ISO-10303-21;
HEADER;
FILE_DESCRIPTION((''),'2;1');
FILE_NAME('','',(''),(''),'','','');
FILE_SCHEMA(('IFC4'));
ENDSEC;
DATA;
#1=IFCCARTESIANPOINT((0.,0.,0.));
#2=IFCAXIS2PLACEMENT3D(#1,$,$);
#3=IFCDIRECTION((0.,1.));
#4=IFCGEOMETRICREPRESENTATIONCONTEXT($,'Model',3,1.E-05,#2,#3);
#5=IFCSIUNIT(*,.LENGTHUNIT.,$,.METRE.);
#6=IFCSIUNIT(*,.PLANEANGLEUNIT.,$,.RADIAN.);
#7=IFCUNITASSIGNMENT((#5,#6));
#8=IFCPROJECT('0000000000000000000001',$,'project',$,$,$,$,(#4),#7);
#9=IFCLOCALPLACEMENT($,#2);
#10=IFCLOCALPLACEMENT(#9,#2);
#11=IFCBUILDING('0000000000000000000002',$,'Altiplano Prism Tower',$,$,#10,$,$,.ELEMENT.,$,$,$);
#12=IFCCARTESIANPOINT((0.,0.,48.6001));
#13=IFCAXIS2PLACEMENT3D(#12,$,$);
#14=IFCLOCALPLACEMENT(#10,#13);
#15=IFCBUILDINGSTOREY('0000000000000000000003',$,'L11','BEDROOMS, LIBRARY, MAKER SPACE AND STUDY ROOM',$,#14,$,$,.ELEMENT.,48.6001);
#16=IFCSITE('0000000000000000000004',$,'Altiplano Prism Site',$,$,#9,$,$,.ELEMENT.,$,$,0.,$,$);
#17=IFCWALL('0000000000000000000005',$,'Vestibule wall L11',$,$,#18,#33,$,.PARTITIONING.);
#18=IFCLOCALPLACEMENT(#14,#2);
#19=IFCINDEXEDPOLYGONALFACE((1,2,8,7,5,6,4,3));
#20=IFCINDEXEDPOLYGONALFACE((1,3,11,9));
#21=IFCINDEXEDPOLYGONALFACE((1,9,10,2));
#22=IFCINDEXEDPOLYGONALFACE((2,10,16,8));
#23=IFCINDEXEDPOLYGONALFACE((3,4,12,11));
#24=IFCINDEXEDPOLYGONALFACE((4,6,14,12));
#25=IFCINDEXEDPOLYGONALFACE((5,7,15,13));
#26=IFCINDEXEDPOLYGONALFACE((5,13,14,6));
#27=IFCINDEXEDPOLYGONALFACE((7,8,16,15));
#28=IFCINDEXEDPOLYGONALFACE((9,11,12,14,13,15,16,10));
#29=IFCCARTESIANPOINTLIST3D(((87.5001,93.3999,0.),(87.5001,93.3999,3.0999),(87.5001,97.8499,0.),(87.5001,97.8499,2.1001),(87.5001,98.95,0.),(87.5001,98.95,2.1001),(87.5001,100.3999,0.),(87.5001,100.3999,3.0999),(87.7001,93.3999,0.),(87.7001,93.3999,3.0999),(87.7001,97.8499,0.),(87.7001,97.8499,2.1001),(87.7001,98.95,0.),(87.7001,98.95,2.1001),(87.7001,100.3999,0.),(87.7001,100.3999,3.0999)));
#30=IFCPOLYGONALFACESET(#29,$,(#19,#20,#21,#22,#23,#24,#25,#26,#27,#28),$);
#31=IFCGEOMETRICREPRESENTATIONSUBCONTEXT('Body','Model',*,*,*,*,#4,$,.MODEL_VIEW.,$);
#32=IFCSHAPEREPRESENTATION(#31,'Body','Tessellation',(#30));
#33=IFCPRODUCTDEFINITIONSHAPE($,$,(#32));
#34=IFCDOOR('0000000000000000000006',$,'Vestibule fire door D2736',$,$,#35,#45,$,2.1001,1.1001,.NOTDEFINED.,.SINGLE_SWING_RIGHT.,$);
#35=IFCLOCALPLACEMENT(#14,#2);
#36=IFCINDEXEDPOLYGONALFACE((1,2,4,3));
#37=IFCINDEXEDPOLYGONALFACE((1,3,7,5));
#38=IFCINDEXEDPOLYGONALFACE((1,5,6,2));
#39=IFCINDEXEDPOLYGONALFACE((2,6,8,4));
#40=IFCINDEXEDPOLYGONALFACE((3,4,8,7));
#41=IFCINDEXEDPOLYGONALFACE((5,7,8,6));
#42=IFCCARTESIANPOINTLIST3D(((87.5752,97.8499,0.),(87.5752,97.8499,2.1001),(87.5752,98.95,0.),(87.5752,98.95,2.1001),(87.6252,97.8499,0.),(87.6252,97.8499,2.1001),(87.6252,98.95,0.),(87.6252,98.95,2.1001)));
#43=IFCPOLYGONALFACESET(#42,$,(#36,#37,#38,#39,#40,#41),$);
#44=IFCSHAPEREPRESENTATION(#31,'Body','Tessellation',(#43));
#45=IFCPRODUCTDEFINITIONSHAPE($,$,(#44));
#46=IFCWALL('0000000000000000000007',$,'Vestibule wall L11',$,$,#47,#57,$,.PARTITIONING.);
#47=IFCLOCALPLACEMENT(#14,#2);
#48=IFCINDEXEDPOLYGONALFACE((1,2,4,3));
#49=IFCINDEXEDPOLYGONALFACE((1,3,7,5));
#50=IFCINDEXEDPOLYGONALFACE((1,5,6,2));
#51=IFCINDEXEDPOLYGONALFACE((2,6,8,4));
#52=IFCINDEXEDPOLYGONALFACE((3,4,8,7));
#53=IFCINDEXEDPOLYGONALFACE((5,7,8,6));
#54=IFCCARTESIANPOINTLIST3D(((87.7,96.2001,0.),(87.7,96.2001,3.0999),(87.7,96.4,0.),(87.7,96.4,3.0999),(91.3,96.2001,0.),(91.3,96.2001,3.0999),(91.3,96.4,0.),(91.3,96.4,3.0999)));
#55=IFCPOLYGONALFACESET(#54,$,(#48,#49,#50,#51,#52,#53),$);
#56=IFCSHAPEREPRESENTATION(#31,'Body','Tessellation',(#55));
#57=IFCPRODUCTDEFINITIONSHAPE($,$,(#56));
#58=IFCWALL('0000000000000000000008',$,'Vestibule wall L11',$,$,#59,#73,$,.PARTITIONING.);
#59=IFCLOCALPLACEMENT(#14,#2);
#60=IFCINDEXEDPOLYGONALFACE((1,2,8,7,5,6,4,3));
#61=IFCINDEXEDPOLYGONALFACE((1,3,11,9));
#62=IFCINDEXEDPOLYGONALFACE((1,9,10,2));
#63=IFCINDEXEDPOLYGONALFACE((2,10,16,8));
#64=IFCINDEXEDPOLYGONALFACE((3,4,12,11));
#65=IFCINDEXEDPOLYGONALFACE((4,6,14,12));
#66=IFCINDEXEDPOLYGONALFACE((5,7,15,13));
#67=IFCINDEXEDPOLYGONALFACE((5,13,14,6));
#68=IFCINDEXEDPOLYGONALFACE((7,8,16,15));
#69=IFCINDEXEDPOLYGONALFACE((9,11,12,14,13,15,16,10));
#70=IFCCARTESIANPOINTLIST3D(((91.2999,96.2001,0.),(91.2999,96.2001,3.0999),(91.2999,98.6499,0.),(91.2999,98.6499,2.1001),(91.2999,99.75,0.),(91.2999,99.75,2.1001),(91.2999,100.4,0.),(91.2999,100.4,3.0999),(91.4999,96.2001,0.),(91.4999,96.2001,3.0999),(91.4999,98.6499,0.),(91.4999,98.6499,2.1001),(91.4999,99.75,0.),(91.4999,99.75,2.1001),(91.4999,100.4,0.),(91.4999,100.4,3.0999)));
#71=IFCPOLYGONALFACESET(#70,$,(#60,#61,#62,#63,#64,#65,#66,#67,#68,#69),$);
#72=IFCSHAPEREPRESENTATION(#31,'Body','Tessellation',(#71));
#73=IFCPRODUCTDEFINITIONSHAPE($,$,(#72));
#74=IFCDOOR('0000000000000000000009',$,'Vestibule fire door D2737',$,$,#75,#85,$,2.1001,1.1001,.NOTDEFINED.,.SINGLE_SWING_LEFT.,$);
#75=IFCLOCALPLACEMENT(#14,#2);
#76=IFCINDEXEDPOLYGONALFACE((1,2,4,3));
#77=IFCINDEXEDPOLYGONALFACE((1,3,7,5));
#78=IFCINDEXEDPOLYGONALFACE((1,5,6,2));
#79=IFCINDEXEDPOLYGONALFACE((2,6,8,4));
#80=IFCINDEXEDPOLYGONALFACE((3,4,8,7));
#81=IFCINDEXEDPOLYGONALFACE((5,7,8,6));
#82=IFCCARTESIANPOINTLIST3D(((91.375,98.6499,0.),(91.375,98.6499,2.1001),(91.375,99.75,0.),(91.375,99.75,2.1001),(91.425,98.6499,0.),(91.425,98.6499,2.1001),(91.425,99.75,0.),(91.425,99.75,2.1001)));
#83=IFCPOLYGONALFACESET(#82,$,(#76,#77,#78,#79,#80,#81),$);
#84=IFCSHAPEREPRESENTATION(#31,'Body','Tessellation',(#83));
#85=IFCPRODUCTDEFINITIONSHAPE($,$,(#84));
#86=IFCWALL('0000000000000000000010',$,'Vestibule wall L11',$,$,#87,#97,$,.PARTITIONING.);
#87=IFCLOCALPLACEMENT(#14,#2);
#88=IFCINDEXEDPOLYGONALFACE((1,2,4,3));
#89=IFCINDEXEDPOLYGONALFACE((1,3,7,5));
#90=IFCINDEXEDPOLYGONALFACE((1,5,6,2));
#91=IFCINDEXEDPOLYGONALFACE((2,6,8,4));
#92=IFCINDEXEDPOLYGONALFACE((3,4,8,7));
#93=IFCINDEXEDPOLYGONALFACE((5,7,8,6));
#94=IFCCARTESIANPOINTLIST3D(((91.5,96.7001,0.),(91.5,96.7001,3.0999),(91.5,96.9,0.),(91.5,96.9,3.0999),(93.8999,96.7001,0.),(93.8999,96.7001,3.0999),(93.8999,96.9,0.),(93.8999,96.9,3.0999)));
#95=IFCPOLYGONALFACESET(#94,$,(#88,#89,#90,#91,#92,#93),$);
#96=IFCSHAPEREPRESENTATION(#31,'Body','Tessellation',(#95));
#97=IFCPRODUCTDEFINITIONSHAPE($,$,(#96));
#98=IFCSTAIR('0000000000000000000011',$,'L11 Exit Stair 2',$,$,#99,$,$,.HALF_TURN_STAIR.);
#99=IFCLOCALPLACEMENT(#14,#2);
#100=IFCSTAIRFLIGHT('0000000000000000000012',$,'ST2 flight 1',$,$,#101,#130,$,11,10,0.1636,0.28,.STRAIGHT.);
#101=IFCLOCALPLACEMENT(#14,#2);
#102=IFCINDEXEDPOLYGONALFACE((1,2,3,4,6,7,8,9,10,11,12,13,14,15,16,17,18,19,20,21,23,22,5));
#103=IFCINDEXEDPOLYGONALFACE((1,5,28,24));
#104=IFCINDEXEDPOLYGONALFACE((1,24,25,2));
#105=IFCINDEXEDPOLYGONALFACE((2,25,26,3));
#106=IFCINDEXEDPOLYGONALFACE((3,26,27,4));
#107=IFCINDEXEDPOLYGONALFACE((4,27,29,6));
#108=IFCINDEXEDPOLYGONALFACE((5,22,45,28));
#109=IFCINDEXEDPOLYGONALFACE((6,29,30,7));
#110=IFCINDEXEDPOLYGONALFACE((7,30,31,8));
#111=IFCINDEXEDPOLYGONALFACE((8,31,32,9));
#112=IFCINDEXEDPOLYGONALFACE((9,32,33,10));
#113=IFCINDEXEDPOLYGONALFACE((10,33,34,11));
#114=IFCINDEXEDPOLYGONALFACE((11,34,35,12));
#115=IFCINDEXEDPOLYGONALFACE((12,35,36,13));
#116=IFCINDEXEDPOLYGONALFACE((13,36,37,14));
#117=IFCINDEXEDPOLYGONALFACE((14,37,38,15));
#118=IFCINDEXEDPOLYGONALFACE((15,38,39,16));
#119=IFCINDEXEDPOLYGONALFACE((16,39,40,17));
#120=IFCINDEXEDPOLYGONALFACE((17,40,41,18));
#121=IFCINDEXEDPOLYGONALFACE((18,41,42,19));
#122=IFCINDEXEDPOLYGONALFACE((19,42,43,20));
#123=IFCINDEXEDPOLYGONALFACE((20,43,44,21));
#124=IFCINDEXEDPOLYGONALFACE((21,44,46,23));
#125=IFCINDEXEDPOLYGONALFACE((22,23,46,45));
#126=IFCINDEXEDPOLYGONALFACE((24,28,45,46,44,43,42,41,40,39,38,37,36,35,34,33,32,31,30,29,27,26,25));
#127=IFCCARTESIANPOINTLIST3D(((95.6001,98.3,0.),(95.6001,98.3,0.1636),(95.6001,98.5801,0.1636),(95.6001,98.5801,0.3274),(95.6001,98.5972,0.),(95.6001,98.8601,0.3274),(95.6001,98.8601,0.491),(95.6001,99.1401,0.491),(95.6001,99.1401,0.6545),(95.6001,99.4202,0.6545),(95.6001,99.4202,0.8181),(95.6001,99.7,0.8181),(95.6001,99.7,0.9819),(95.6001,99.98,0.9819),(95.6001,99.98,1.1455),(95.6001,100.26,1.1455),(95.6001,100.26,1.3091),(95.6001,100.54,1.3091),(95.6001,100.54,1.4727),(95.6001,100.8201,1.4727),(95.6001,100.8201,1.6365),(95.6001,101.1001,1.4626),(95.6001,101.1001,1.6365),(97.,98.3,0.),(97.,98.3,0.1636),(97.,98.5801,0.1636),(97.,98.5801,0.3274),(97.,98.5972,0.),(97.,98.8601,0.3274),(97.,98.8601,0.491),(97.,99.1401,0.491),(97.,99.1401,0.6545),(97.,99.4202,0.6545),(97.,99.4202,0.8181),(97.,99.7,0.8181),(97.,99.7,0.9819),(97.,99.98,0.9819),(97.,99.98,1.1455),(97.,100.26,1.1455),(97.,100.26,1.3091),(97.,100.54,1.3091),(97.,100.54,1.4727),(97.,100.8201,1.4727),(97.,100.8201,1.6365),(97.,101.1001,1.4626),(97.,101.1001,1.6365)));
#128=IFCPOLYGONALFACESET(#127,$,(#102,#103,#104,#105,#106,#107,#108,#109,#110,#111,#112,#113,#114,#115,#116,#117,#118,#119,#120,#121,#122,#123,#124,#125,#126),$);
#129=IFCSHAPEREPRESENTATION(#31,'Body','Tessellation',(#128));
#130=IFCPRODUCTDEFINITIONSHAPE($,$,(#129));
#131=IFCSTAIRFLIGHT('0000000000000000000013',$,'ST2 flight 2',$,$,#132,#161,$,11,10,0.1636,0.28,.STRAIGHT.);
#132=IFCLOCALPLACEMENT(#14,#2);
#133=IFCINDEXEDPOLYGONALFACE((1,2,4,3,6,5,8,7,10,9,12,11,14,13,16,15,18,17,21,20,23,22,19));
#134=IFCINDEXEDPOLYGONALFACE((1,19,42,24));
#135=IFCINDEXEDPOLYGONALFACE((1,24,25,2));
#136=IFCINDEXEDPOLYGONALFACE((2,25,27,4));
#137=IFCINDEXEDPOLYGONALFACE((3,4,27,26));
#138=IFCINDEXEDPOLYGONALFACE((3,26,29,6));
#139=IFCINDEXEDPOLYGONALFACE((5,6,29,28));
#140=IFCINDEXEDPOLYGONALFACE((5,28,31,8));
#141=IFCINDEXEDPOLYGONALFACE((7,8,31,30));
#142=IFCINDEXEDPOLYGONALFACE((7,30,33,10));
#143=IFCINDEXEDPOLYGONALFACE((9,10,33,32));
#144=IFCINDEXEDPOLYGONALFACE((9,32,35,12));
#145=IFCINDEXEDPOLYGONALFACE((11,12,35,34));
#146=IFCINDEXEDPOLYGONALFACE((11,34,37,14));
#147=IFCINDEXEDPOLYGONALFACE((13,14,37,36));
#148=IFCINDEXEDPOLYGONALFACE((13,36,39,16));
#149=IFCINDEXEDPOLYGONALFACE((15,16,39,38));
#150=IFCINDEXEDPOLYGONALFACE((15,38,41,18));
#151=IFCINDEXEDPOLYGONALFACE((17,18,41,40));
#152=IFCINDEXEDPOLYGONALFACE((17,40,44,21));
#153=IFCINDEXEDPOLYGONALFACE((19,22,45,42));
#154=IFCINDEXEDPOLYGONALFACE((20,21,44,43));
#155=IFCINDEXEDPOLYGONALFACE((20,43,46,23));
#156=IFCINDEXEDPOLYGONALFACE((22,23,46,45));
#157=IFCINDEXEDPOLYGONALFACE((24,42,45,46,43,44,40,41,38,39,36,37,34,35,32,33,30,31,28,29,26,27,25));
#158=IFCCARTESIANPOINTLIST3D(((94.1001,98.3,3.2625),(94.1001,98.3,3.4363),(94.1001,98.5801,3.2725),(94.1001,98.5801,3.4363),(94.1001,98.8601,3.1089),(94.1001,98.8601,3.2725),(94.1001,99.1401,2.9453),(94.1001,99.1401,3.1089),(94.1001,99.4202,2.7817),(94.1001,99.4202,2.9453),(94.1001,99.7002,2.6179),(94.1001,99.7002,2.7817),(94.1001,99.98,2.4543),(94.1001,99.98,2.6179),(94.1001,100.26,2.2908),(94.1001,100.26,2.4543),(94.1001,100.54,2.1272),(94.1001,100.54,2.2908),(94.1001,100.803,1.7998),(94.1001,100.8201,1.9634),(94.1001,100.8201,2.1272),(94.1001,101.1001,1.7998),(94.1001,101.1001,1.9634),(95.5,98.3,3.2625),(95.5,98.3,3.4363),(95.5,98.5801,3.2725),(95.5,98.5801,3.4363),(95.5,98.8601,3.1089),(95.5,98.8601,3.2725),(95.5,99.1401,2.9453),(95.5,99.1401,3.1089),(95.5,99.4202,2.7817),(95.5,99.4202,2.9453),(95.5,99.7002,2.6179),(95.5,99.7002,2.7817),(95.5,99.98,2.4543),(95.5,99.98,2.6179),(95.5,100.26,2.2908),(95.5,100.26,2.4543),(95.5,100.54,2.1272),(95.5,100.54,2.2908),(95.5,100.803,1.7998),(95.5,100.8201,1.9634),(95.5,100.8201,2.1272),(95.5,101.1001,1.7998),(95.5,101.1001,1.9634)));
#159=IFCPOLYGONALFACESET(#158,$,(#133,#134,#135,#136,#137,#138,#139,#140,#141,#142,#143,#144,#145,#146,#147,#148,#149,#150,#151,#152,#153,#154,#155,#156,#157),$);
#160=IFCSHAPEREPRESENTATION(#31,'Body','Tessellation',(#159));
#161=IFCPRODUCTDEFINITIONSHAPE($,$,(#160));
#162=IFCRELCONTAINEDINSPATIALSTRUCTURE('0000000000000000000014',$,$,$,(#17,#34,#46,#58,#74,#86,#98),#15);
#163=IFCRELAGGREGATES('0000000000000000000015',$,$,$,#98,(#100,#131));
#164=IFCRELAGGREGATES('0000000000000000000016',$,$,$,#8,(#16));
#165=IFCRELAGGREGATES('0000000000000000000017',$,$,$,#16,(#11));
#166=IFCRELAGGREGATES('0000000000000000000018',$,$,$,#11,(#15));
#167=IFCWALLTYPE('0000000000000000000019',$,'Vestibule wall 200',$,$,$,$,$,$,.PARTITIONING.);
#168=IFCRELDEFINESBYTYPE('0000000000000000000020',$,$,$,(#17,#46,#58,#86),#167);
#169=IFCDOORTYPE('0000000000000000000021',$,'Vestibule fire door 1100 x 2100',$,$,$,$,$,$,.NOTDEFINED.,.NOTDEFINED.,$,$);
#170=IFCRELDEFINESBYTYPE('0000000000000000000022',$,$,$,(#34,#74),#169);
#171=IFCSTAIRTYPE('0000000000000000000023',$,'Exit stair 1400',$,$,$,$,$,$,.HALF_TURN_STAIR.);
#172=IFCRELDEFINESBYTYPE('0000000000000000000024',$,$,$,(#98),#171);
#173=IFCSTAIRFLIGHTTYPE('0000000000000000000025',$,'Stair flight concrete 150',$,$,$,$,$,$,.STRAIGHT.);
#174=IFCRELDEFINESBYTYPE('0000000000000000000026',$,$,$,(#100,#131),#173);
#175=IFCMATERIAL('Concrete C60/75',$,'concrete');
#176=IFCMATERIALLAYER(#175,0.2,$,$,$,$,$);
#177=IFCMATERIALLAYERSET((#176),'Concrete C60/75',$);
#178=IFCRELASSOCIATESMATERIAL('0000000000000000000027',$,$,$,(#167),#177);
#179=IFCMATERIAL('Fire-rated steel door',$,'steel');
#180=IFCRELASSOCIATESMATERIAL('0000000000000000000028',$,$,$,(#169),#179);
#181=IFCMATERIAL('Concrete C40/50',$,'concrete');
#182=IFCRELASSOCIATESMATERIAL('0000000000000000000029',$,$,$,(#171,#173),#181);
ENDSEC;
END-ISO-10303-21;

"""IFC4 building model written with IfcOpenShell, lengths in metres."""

from ifc_helpers import new_model, si_unit, direction, frame, frame_2d, origin, place, context, subcontext, project, spatial, polyline, rectangle, outline, extrude, material, layer, layer_set, type_object, element, fill, aggregate, save


model = new_model("IFC4")

# Units and contexts
model_context = context("Model", 3, precision=1e-05, world=origin(), true_north=direction((0.0, 1.0)))
body_context = subcontext(model_context, "Body", "Model", "MODEL_VIEW")
ifc_project = project(units=[si_unit("LENGTHUNIT", "METRE"), si_unit("PLANEANGLEUNIT", "RADIAN")], contexts=[model_context])

# Site, building, storey
site_placement = place(None, origin())
site = spatial("IfcSite", under=ifc_project, at=site_placement, Name="Altiplano Prism Site", CompositionType="ELEMENT", RefElevation=0.0)
building_placement = place(site_placement, origin())
building = spatial("IfcBuilding", under=site, at=building_placement, Name="Altiplano Prism Tower", CompositionType="ELEMENT")
storey_placement = place(building_placement, frame((0.0, 0.0, 48.6001)))
storey = spatial("IfcBuildingStorey", under=building, at=storey_placement, Name="L11", Description="BEDROOMS, LIBRARY, MAKER SPACE AND STUDY ROOM", CompositionType="ELEMENT", Elevation=48.6001)

# Shared definitions
ifc_material_1 = material(Name="Concrete C60/75", Category="concrete")

# Shared definitions
ifc_material_2 = material(Name="Fire-rated steel door", Category="steel")

# Wall, opening, door
ifc_layer_1 = layer(ifc_material_1, 0.2)
ifc_layer_set_1 = layer_set([ifc_layer_1], Name="Concrete C60/75")
wall_type_1 = type_object("IfcWallType", Name="Vestibule wall 200", PredefinedType="PARTITIONING", material=ifc_layer_set_1)
wall_1_placement = place(storey_placement, frame((87.6001, 93.3999, 0.0), z_axis=(0.0, 0.0, 1.0), x_axis=(0.0, 1.0, 0.0)))
wall_1 = element("IfcWall", 1, at=wall_1_placement, inside=storey, type_object=wall_type_1, Name="Vestibule wall L11", PredefinedType="PARTITIONING", context=body_context, shape_type="SweptSolid", body=[
    extrude(rectangle(XDim=7.0, YDim=0.2, at=frame_2d((3.5, 0.0))), origin(), (0.0, 0.0, 1.0), 3.0999),
])
opening_1_placement = place(wall_1_placement, frame((4.45, 0.0, 0.0)))
opening_1 = element("IfcOpeningElement", 2, at=opening_1_placement, cuts=wall_1, PredefinedType="OPENING", context=body_context, shape_type="SweptSolid", body=[
    extrude(rectangle(XDim=1.1001, YDim=2.1001, at=frame_2d((0.55, 1.05))), frame((0.0, 0.1104, 0.0), z_axis=(0.0, -1.0, 0.0), x_axis=(1.0, 0.0, 0.0)), (0.0, 0.0, 1.0), 0.2209),
])
door_type_1 = type_object("IfcDoorType", Name="Vestibule fire door 1100 x 2100", OperationType="NOTDEFINED", PredefinedType="NOTDEFINED", material=ifc_material_2)
door_1_placement = place(opening_1_placement, origin())
door_1 = element("IfcDoor", 3, at=door_1_placement, inside=storey, type_object=door_type_1, Name="Vestibule fire door D2736", OperationType="SINGLE_SWING_RIGHT", OverallHeight=2.1001, OverallWidth=1.1001, PredefinedType="NOTDEFINED", context=body_context, shape_type="SweptSolid", body=[
    extrude(rectangle(XDim=1.1001, YDim=2.1001, at=frame_2d((0.55, 1.05))), frame((0.0, 0.0249, 0.0), z_axis=(0.0, -1.0, 0.0), x_axis=(1.0, 0.0, 0.0)), (0.0, 0.0, 1.0), 0.05),
])
fill(opening_1, door_1)

# Wall
wall_2_placement = place(storey_placement, frame((87.7, 96.3, 0.0), z_axis=(0.0, 0.0, 1.0), x_axis=(1.0, 0.0, 0.0)))
element("IfcWall", 4, at=wall_2_placement, inside=storey, type_object=wall_type_1, Name="Vestibule wall L11", PredefinedType="PARTITIONING", context=body_context, shape_type="SweptSolid", body=[
    extrude(rectangle(XDim=3.6001, YDim=0.2, at=frame_2d((1.8, 0.0))), origin(), (0.0, 0.0, 1.0), 3.0999),
])

# Wall, opening, door
wall_3_placement = place(storey_placement, frame((91.3999, 96.2, 0.0), z_axis=(0.0, 0.0, 1.0), x_axis=(0.0, 1.0, 0.0)))
wall_3 = element("IfcWall", 5, at=wall_3_placement, inside=storey, type_object=wall_type_1, Name="Vestibule wall L11", PredefinedType="PARTITIONING", context=body_context, shape_type="SweptSolid", body=[
    extrude(rectangle(XDim=4.2, YDim=0.2, at=frame_2d((2.1001, 0.0))), origin(), (0.0, 0.0, 1.0), 3.0999),
])
opening_2_placement = place(wall_3_placement, frame((2.45, 0.0, 0.0)))
opening_2 = element("IfcOpeningElement", 6, at=opening_2_placement, cuts=wall_3, PredefinedType="OPENING", context=body_context, shape_type="SweptSolid", body=[
    extrude(rectangle(XDim=1.1001, YDim=2.1001, at=frame_2d((0.55, 1.05))), frame((0.0, 0.1104, 0.0), z_axis=(0.0, -1.0, 0.0), x_axis=(1.0, 0.0, 0.0)), (0.0, 0.0, 1.0), 0.2209),
])
door_2_placement = place(opening_2_placement, origin())
door_2 = element("IfcDoor", 7, at=door_2_placement, inside=storey, type_object=door_type_1, Name="Vestibule fire door D2737", OperationType="SINGLE_SWING_LEFT", OverallHeight=2.1001, OverallWidth=1.1001, PredefinedType="NOTDEFINED", context=body_context, shape_type="SweptSolid", body=[
    extrude(rectangle(XDim=1.1001, YDim=2.1001, at=frame_2d((0.55, 1.05))), frame((0.0, 0.0249, 0.0), z_axis=(0.0, -1.0, 0.0), x_axis=(1.0, 0.0, 0.0)), (0.0, 0.0, 1.0), 0.05),
])
fill(opening_2, door_2)

# Wall
wall_4_placement = place(storey_placement, frame((91.5, 96.8, 0.0), z_axis=(0.0, 0.0, 1.0), x_axis=(1.0, 0.0, 0.0)))
element("IfcWall", 8, at=wall_4_placement, inside=storey, type_object=wall_type_1, Name="Vestibule wall L11", PredefinedType="PARTITIONING", context=body_context, shape_type="SweptSolid", body=[
    extrude(rectangle(XDim=2.3999, YDim=0.2, at=frame_2d((1.2, 0.0))), origin(), (0.0, 0.0, 1.0), 3.0999),
])

# Stair, stair flights
ifc_material_3 = material(Name="Concrete C40/50", Category="concrete")
stair_type_1 = type_object("IfcStairType", Name="Exit stair 1400", PredefinedType="HALF_TURN_STAIR", material=ifc_material_3)
stair_1_placement = place(storey_placement, origin())
stair_1 = element("IfcStair", 9, at=stair_1_placement, inside=storey, type_object=stair_type_1, Name="L11 Exit Stair 2", PredefinedType="HALF_TURN_STAIR")
stair_flight_type = type_object("IfcStairFlightType", Name="Stair flight concrete 150", PredefinedType="STRAIGHT", material=ifc_material_3)
stair_flight_1_placement = place(storey_placement, frame((96.3, 98.3, 0.0), z_axis=(0.0, 0.0, 1.0), x_axis=(0.0, 1.0, 0.0)))
stair_flight_1 = element("IfcStairFlight", 10, at=stair_flight_1_placement, type_object=stair_flight_type, Name="ST2 flight 1", NumberOfRisers=11, NumberOfTreads=10, PredefinedType="STRAIGHT", RiserHeight=0.1636, TreadLength=0.28, context=body_context, shape_type="SweptSolid", body=[
    extrude(outline(polyline([(0.0, 0.0), (0.0, 0.1636), (0.28, 0.1636), (0.28, 0.3274), (0.5601, 0.3274), (0.5601, 0.491), (0.8401, 0.491), (0.8401, 0.6545), (1.1201, 0.6545), (1.1201, 0.8181), (1.3999, 0.8181), (1.3999, 0.9819), (1.6799, 0.9819), (1.6799, 1.1455), (1.96, 1.1455), (1.96, 1.3091), (2.24, 1.3091), (2.24, 1.4727), (2.52, 1.4727), (2.52, 1.6365), (2.8, 1.6365), (2.8, 1.8), (2.8, 1.4626), (0.2971, 0.0), (0.0, 0.0)])), frame((0.0, 0.7, 0.0), z_axis=(0.0, -1.0, 0.0), x_axis=(1.0, 0.0, 0.0)), (0.0, 0.0, 1.0), 1.3999),
])
stair_flight_2_placement = place(storey_placement, frame((94.8, 101.1001, 1.7998), z_axis=(0.0, 0.0, 1.0), x_axis=(0.0, -1.0, 0.0)))
stair_flight_2 = element("IfcStairFlight", 11, at=stair_flight_2_placement, type_object=stair_flight_type, Name="ST2 flight 2", NumberOfRisers=11, NumberOfTreads=10, PredefinedType="STRAIGHT", RiserHeight=0.1636, TreadLength=0.28, context=body_context, shape_type="SweptSolid", body=[
    extrude(outline(polyline([(0.0, 0.0), (0.0, 0.1636), (0.28, 0.1636), (0.28, 0.3274), (0.5601, 0.3274), (0.5601, 0.491), (0.8401, 0.491), (0.8401, 0.6545), (1.1201, 0.6545), (1.1201, 0.8181), (1.3999, 0.8181), (1.3999, 0.9819), (1.6799, 0.9819), (1.6799, 1.1455), (1.96, 1.1455), (1.96, 1.3091), (2.24, 1.3091), (2.24, 1.4727), (2.52, 1.4727), (2.52, 1.6365), (2.8, 1.6365), (2.8, 1.8), (2.8, 1.4626), (0.2971, 0.0), (0.0, 0.0)])), frame((0.0, 0.7, 0.0), z_axis=(0.0, -1.0, 0.0), x_axis=(1.0, 0.0, 0.0)), (0.0, 0.0, 1.0), 1.3999),
])
aggregate(stair_1, [stair_flight_1, stair_flight_2])

save(model, "model.ifc")
